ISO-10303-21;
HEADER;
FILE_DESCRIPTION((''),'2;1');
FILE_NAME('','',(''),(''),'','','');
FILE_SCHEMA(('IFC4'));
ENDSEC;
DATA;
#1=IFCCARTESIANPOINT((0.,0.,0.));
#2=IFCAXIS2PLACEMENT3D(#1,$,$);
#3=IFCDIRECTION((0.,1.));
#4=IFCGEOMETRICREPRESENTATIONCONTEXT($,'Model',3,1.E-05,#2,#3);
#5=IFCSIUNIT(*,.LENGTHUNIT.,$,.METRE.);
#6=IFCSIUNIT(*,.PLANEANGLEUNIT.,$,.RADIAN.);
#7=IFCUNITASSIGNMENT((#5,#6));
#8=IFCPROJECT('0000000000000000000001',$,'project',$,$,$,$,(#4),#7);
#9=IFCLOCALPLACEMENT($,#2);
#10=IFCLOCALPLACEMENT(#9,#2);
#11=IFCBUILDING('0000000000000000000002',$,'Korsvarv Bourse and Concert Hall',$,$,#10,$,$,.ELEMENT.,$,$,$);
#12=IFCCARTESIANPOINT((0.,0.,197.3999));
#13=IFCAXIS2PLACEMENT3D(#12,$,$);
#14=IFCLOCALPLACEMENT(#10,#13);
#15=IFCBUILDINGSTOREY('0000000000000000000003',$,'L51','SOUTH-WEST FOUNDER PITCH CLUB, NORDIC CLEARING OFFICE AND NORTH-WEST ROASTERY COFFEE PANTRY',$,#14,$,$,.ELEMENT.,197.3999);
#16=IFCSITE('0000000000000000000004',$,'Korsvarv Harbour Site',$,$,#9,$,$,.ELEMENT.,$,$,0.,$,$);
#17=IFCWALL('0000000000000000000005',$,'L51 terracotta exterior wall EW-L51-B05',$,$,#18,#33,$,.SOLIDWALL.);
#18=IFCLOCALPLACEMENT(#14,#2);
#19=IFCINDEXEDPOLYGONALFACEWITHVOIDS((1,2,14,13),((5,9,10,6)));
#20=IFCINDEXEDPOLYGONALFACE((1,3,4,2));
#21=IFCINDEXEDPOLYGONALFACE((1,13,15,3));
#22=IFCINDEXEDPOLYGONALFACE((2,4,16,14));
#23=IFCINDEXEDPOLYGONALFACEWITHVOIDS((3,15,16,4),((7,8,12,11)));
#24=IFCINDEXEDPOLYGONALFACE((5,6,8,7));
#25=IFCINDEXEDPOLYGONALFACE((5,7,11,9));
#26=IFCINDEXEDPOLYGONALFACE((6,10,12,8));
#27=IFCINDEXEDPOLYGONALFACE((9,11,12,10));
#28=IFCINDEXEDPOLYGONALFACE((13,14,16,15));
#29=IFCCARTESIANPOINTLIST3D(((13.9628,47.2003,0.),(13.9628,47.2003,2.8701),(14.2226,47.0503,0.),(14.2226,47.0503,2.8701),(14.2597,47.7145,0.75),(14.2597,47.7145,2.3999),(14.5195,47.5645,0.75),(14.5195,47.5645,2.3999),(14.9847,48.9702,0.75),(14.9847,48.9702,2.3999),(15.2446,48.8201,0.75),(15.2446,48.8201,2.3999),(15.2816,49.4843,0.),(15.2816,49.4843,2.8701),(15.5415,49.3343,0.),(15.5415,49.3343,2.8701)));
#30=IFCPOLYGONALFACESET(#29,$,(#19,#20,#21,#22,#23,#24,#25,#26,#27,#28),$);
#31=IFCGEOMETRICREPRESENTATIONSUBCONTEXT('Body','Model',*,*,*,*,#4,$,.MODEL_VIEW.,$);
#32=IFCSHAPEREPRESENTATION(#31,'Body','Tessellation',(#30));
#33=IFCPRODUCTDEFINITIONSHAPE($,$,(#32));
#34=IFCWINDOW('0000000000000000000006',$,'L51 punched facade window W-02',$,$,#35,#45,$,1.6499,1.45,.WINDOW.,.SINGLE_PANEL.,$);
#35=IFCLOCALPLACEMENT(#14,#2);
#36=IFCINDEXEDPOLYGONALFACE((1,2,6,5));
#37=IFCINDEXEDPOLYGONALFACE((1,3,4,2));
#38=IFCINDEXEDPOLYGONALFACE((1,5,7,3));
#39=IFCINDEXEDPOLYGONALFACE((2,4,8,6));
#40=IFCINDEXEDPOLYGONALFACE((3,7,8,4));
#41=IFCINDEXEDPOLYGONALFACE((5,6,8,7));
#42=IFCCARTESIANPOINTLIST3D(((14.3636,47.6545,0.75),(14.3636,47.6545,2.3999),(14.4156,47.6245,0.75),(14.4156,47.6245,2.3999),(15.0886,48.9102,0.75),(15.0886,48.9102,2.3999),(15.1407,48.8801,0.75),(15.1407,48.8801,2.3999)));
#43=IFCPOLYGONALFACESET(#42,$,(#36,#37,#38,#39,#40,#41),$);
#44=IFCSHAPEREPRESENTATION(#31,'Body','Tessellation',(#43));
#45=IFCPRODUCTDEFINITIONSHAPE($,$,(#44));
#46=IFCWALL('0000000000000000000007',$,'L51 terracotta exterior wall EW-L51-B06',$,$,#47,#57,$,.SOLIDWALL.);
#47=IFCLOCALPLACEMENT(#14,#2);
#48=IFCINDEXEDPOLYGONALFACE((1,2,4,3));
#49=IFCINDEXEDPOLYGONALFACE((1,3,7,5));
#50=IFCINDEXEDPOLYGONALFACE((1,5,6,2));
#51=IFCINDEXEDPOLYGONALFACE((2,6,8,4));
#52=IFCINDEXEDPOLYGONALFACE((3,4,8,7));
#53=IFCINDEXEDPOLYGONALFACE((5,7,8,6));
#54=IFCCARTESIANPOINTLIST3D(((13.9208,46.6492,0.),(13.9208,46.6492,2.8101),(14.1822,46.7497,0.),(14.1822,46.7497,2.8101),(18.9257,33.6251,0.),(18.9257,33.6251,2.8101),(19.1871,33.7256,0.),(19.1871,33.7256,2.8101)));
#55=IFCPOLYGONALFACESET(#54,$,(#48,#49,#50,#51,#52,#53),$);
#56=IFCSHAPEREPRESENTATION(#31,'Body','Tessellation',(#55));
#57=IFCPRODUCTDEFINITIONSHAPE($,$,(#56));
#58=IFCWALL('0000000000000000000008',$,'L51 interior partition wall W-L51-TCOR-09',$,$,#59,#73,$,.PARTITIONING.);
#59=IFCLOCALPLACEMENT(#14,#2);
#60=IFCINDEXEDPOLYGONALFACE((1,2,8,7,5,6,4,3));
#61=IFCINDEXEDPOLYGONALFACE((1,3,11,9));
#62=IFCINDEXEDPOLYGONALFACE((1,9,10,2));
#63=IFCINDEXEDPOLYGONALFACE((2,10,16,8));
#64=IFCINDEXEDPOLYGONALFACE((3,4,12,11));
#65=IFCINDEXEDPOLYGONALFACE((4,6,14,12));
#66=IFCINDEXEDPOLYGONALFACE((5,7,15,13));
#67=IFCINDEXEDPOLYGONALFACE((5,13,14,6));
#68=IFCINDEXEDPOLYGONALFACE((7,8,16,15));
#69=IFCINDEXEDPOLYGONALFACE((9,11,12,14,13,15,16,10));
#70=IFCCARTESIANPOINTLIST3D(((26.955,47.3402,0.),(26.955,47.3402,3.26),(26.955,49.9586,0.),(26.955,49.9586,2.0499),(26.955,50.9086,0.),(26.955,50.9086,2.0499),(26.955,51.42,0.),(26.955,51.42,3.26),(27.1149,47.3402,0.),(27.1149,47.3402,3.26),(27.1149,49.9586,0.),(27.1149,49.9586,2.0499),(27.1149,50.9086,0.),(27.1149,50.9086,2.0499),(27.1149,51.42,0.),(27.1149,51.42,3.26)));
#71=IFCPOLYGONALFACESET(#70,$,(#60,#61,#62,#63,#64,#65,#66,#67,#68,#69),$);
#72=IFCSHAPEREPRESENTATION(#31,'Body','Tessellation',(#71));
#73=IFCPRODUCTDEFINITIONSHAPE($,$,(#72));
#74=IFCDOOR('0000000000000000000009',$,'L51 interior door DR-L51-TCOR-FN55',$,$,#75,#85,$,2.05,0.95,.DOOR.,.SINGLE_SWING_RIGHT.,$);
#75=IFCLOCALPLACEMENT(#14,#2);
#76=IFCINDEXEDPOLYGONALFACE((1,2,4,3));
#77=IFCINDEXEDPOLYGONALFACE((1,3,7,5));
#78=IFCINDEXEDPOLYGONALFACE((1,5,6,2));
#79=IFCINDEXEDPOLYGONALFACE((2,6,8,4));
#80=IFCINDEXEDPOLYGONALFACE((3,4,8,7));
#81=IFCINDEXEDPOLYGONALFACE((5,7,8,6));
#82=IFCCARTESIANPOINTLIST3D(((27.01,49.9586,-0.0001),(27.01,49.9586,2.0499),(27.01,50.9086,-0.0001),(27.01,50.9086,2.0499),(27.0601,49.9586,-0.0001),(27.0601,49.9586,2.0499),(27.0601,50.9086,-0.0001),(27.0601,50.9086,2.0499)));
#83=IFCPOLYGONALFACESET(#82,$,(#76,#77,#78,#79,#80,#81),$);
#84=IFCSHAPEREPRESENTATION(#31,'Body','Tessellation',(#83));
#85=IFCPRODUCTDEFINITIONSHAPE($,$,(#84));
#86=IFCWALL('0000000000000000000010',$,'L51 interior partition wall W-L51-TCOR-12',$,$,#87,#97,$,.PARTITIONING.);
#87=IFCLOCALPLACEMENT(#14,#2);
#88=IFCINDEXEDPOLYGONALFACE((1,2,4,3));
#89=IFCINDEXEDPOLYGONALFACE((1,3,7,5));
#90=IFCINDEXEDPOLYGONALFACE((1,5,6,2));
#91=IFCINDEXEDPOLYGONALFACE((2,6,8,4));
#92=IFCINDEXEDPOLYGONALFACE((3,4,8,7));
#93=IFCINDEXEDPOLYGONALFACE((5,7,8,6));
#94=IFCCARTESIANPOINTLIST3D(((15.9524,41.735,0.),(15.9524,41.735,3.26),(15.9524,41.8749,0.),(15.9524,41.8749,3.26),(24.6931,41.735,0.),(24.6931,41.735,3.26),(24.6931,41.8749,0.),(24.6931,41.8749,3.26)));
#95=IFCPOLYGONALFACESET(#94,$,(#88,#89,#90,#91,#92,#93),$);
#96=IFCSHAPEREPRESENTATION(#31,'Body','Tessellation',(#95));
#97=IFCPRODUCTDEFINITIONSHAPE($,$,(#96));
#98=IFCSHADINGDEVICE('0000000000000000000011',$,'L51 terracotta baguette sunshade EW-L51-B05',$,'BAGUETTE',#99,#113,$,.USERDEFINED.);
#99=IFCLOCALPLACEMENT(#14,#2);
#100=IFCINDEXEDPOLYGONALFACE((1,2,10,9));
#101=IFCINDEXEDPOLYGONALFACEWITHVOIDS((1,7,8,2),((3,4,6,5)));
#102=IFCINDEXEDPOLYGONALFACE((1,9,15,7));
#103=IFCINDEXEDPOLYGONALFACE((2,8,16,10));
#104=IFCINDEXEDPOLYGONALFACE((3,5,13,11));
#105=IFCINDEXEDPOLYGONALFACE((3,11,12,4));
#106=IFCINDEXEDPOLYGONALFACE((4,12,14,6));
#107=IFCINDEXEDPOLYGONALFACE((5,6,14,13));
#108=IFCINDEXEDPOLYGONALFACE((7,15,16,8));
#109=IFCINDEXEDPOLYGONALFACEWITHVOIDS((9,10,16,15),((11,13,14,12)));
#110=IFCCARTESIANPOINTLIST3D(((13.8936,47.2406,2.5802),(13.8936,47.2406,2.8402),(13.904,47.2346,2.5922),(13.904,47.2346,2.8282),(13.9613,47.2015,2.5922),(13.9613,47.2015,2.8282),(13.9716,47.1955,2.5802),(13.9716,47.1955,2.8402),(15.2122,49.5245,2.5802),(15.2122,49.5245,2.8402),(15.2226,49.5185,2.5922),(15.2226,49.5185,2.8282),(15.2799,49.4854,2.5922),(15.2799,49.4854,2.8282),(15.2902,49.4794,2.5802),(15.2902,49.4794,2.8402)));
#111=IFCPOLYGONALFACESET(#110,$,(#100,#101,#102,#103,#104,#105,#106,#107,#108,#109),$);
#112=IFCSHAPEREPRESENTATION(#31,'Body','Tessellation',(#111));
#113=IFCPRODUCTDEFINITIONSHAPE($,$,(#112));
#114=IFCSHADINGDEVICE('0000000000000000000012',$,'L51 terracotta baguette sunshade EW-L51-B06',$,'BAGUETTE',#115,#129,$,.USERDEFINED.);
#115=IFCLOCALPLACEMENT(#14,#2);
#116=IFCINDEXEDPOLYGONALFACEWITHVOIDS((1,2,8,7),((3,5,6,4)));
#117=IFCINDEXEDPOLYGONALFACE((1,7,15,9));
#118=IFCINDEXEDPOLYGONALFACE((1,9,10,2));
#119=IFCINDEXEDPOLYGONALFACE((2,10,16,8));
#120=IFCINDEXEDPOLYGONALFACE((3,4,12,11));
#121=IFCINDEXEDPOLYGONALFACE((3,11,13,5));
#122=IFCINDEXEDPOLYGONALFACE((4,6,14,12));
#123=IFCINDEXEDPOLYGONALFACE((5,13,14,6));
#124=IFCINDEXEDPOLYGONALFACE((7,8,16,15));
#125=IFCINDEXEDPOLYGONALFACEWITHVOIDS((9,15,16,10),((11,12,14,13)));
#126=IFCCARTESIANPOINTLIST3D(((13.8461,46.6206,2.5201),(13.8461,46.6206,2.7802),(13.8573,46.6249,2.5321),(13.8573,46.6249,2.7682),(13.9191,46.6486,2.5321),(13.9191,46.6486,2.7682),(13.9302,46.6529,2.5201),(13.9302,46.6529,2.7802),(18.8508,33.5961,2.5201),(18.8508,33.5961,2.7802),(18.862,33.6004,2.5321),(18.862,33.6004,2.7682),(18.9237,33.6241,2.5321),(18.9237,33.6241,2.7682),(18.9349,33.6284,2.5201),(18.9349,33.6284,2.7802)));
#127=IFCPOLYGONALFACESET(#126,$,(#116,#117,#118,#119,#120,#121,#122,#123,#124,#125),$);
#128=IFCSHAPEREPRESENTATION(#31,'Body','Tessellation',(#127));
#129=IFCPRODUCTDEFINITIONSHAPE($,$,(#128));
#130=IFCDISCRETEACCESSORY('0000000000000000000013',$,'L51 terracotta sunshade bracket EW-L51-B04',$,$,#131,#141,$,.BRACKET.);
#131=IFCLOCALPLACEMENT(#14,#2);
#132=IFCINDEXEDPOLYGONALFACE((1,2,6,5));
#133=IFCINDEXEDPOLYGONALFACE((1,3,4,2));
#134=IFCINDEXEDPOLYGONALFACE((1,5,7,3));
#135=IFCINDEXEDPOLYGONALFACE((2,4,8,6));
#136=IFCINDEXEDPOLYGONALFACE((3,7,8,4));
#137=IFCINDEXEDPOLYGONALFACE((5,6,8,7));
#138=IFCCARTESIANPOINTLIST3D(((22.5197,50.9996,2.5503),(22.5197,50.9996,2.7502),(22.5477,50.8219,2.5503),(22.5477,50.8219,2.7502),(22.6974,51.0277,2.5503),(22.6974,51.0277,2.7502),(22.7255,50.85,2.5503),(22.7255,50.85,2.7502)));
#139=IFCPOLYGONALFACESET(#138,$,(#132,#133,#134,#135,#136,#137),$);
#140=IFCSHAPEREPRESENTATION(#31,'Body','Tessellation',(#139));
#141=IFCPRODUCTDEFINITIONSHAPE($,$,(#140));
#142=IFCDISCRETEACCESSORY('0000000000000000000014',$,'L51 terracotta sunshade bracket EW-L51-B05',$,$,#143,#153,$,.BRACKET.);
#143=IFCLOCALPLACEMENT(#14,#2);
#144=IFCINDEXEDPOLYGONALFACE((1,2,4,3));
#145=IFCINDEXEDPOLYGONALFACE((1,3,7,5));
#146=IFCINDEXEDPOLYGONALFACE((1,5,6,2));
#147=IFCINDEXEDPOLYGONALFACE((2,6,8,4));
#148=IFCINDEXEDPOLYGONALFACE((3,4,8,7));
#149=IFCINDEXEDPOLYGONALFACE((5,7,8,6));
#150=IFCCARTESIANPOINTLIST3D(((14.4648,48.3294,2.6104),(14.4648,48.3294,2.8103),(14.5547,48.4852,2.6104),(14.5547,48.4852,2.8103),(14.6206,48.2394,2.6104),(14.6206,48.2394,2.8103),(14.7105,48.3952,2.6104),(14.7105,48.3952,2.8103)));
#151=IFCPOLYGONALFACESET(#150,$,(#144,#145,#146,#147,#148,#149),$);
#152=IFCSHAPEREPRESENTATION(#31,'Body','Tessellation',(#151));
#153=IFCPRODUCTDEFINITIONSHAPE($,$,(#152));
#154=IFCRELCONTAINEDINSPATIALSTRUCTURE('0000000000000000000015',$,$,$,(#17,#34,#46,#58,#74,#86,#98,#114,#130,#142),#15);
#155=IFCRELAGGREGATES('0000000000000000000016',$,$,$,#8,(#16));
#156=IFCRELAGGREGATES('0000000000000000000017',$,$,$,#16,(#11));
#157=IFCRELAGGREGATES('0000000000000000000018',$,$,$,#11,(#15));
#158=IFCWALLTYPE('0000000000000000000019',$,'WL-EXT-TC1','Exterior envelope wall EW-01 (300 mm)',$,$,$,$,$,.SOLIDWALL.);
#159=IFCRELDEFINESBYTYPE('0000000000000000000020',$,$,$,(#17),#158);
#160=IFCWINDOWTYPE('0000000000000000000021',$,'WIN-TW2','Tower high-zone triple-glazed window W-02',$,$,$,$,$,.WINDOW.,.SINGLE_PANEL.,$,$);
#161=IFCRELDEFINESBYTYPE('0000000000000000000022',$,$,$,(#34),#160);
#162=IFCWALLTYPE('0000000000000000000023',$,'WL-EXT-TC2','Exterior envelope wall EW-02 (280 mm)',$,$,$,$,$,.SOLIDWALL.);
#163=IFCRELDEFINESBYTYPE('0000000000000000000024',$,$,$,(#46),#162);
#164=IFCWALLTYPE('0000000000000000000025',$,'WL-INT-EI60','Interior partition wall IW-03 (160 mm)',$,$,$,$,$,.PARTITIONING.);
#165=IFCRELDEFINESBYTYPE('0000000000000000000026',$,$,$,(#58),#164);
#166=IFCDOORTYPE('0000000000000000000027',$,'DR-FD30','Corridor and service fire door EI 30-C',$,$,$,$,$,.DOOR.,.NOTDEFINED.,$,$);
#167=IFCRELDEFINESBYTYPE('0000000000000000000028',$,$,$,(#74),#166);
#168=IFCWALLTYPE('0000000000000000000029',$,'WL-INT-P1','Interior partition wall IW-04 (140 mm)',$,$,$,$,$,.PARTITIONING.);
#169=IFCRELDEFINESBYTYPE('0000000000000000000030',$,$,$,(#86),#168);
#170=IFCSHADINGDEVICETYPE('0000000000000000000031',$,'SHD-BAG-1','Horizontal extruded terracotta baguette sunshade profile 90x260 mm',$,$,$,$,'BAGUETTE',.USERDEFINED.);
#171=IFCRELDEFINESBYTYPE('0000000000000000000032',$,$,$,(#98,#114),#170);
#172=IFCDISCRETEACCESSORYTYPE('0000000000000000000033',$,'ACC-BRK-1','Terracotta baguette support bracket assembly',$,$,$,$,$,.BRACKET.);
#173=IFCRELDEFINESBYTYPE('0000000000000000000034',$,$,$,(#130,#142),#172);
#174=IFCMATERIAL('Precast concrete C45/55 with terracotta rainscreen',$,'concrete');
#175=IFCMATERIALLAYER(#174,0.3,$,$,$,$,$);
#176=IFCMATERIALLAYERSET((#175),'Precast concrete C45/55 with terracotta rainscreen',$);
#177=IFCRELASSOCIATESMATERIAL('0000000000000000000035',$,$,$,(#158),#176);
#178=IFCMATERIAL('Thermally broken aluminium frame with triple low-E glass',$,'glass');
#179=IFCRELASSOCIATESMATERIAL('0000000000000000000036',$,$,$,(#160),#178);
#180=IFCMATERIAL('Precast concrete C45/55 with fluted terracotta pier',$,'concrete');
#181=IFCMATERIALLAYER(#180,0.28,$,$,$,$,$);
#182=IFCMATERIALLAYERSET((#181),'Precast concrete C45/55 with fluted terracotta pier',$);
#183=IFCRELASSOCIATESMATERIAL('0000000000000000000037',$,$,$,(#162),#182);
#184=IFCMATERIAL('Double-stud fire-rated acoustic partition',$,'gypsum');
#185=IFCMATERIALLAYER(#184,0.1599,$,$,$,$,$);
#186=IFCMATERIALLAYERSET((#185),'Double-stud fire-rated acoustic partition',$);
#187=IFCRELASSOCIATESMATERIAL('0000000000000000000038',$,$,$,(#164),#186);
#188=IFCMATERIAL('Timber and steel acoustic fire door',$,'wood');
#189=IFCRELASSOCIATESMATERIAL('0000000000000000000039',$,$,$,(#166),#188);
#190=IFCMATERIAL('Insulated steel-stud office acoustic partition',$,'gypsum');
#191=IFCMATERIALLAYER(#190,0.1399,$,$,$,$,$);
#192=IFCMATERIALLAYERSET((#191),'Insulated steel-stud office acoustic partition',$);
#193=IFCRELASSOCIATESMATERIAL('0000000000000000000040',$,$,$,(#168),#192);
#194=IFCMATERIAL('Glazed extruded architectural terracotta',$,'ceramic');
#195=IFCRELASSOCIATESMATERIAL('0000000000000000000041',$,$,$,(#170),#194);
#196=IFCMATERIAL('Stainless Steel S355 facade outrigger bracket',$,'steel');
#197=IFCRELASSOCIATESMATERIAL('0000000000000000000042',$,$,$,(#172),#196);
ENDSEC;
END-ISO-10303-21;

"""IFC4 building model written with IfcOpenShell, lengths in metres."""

from ifc_helpers import new_model, si_unit, direction, frame, frame_2d, origin, origin_2d, place, context, subcontext, project, spatial, rectangle, hollow_rectangle, extrude, source, transform, mapped, material, layer, layer_set, material_profile, profile_set, type_object, element, fill, save


model = new_model("IFC4")

# Units and contexts
model_context = context("Model", 3, precision=1e-05, world=origin(), true_north=direction((0.0, 1.0)))
body_context = subcontext(model_context, "Body", "Model", "MODEL_VIEW")
ifc_project = project(units=[si_unit("LENGTHUNIT", "METRE"), si_unit("PLANEANGLEUNIT", "RADIAN")], contexts=[model_context])

# Site, building, storey
site_placement = place(None, origin())
site = spatial("IfcSite", under=ifc_project, at=site_placement, Name="Korsvarv Harbour Site", CompositionType="ELEMENT", RefElevation=0.0)
building_placement = place(site_placement, origin())
building = spatial("IfcBuilding", under=site, at=building_placement, Name="Korsvarv Bourse and Concert Hall", CompositionType="ELEMENT")
storey_placement = place(building_placement, frame((0.0, 0.0, 197.3999)))
storey = spatial("IfcBuildingStorey", under=building, at=storey_placement, Name="L51", Description="SOUTH-WEST FOUNDER PITCH CLUB, NORDIC CLEARING OFFICE AND NORTH-WEST ROASTERY COFFEE PANTRY", CompositionType="ELEMENT", Elevation=197.3999)

# Wall, opening, window
ifc_material_1 = material(Name="Precast concrete C45/55 with terracotta rainscreen", Category="concrete")
ifc_layer_1 = layer(ifc_material_1, 0.3)
ifc_layer_set_1 = layer_set([ifc_layer_1], Name="Precast concrete C45/55 with terracotta rainscreen")
wall_type_1 = type_object("IfcWallType", Name="WL-EXT-TC1", Description="Exterior envelope wall EW-01 (300 mm)", PredefinedType="SOLIDWALL", material=ifc_layer_set_1)
wall_1_placement = place(storey_placement, frame((15.4116, 49.4094, 0.0), z_axis=(0.0, 0.0, 1.0), x_axis=(-0.500062, -0.86599, 0.0)))
wall_1 = element("IfcWall", 1, at=wall_1_placement, inside=storey, type_object=wall_type_1, Name="L51 terracotta exterior wall EW-L51-B05", PredefinedType="SOLIDWALL", context=body_context, shape_type="SweptSolid", body=[
    extrude(rectangle(XDim=2.6375, YDim=0.3, at=frame_2d((1.3188, 0.0))), origin(), (0.0, 0.0, 1.0), 2.8701),
])
opening_1_placement = place(wall_1_placement, frame((0.5938, 0.0, 0.75)))
opening_1 = element("IfcOpeningElement", 2, at=opening_1_placement, cuts=wall_1, PredefinedType="OPENING", context=body_context, shape_type="SweptSolid", body=[
    extrude(rectangle(XDim=1.45, YDim=1.6499, at=frame_2d((0.7251, 0.825))), frame((0.0, 0.1602, 0.0), z_axis=(0.0, -1.0, 0.0), x_axis=(1.0, 0.0, 0.0)), (0.0, 0.0, 1.0), 0.3201),
])
ifc_material_2 = material(Name="Thermally broken aluminium frame with triple low-E glass", Category="glass")
window_type = type_object("IfcWindowType", Name="WIN-TW2", Description="Tower high-zone triple-glazed window W-02", PartitioningType="SINGLE_PANEL", PredefinedType="WINDOW", material=ifc_material_2)
window_placement = place(opening_1_placement, origin())
window = element("IfcWindow", 3, at=window_placement, inside=storey, type_object=window_type, Name="L51 punched facade window W-02", OverallHeight=1.6499, OverallWidth=1.45, PartitioningType="SINGLE_PANEL", PredefinedType="WINDOW", context=body_context, shape_type="SweptSolid", body=[
    extrude(rectangle(XDim=1.45, YDim=1.6499, at=frame_2d((0.7251, 0.825))), frame((0.0, 0.03, 0.0), z_axis=(0.0, -1.0, 0.0), x_axis=(1.0, 0.0, 0.0)), (0.0, 0.0, 1.0), 0.0601),
])
fill(opening_1, window)

# Wall
ifc_material_3 = material(Name="Precast concrete C45/55 with fluted terracotta pier", Category="concrete")
ifc_layer_2 = layer(ifc_material_3, 0.28)
ifc_layer_set_2 = layer_set([ifc_layer_2], Name="Precast concrete C45/55 with fluted terracotta pier")
wall_type_2 = type_object("IfcWallType", Name="WL-EXT-TC2", Description="Exterior envelope wall EW-02 (280 mm)", PredefinedType="SOLIDWALL", material=ifc_layer_set_2)
wall_2_placement = place(storey_placement, frame((14.0515, 46.6995, 0.0), z_axis=(0.0, 0.0, 1.0), x_axis=(0.358704, -0.933452, 0.0)))
element("IfcWall", 4, at=wall_2_placement, inside=storey, type_object=wall_type_2, Name="L51 terracotta exterior wall EW-L51-B06", PredefinedType="SOLIDWALL", context=body_context, shape_type="SweptSolid", body=[
    extrude(rectangle(XDim=13.9526, YDim=0.28, at=frame_2d((6.9763, 0.0))), origin(), (0.0, 0.0, 1.0), 2.8101),
])

# Wall, opening, door
ifc_material_4 = material(Name="Double-stud fire-rated acoustic partition", Category="gypsum")
ifc_layer_3 = layer(ifc_material_4, 0.1599)
ifc_layer_set_3 = layer_set([ifc_layer_3], Name="Double-stud fire-rated acoustic partition")
wall_type_3 = type_object("IfcWallType", Name="WL-INT-EI60", Description="Interior partition wall IW-03 (160 mm)", PredefinedType="PARTITIONING", material=ifc_layer_set_3)
wall_3_placement = place(storey_placement, frame((27.0349, 47.3401, 0.0), z_axis=(0.0, 0.0, 1.0), x_axis=(0.0, 1.0, 0.0)))
wall_3 = element("IfcWall", 5, at=wall_3_placement, inside=storey, type_object=wall_type_3, Name="L51 interior partition wall W-L51-TCOR-09", PredefinedType="PARTITIONING", context=body_context, shape_type="SweptSolid", body=[
    extrude(rectangle(XDim=4.0798, YDim=0.1599, at=frame_2d((2.04, 0.0))), origin(), (0.0, 0.0, 1.0), 3.26),
])
opening_2_placement = place(wall_3_placement, frame((2.6184, 0.0, 0.0)))
opening_2 = element("IfcOpeningElement", 6, at=opening_2_placement, cuts=wall_3, PredefinedType="OPENING", context=body_context, shape_type="SweptSolid", body=[
    extrude(rectangle(XDim=0.95, YDim=2.05, at=frame_2d((0.4751, 1.0249))), frame((0.0, 0.0898, 0.0), z_axis=(0.0, -1.0, 0.0), x_axis=(1.0, 0.0, 0.0)), (0.0, 0.0, 1.0), 0.1799),
])
ifc_material_5 = material(Name="Timber and steel acoustic fire door", Category="wood")
door_type = type_object("IfcDoorType", Name="DR-FD30", Description="Corridor and service fire door EI 30-C", OperationType="NOTDEFINED", PredefinedType="DOOR", material=ifc_material_5)
door_placement = place(opening_2_placement, origin())
door = element("IfcDoor", 7, at=door_placement, inside=storey, type_object=door_type, Name="L51 interior door DR-L51-TCOR-FN55", OperationType="SINGLE_SWING_RIGHT", OverallHeight=2.05, OverallWidth=0.95, PredefinedType="DOOR", context=body_context, shape_type="SweptSolid", body=[
    extrude(rectangle(XDim=0.95, YDim=2.05, at=frame_2d((0.4751, 1.0249))), frame((0.0, 0.0249, 0.0), z_axis=(0.0, -1.0, 0.0), x_axis=(1.0, 0.0, 0.0)), (0.0, 0.0, 1.0), 0.05),
])
fill(opening_2, door)

# Wall
ifc_material_6 = material(Name="Insulated steel-stud office acoustic partition", Category="gypsum")
ifc_layer_4 = layer(ifc_material_6, 0.1399)
ifc_layer_set_4 = layer_set([ifc_layer_4], Name="Insulated steel-stud office acoustic partition")
wall_type_4 = type_object("IfcWallType", Name="WL-INT-P1", Description="Interior partition wall IW-04 (140 mm)", PredefinedType="PARTITIONING", material=ifc_layer_set_4)
wall_4_placement = place(storey_placement, frame((15.9524, 41.8049, 0.0), z_axis=(0.0, 0.0, 1.0), x_axis=(1.0, 0.0, 0.0)))
element("IfcWall", 8, at=wall_4_placement, inside=storey, type_object=wall_type_4, Name="L51 interior partition wall W-L51-TCOR-12", PredefinedType="PARTITIONING", context=body_context, shape_type="SweptSolid", body=[
    extrude(rectangle(XDim=8.7407, YDim=0.1399, at=frame_2d((4.3704, 0.0))), origin(), (0.0, 0.0, 1.0), 3.26),
])

# Shading devices
ifc_material_7 = material(Name="Glazed extruded architectural terracotta", Category="ceramic")
ifc_material_profile_1 = material_profile(ifc_material_7, hollow_rectangle(XDim=0.0901, YDim=0.26, WallThickness=0.012, at=origin_2d()), Name="TC-BAG 90x260")
ifc_profile_set_1 = profile_set([ifc_material_profile_1], Name="Glazed extruded architectural terracotta")
shading_device_type = type_object("IfcShadingDeviceType", Name="SHD-BAG-1", Description="Horizontal extruded terracotta baguette sunshade profile 90x260 mm", ElementType="BAGUETTE", PredefinedType="USERDEFINED", material=ifc_profile_set_1)
shared_shape_1 = source(origin(), body_context, "Body", "SweptSolid", [
    extrude(hollow_rectangle(XDim=0.0901, YDim=0.26, WallThickness=0.012, at=origin_2d()), origin(), (0.0, 0.0, 1.0), 2.6372),
])
shading_device_1_placement = place(storey_placement, frame((15.2512, 49.502, 2.7102), z_axis=(-0.499992, -0.86603, 0.0), x_axis=(0.86603, -0.499992, 0.0)))
element("IfcShadingDevice", 9, at=shading_device_1_placement, inside=storey, type_object=shading_device_type, Name="L51 terracotta baguette sunshade EW-L51-B05", ObjectType="BAGUETTE", PredefinedType="USERDEFINED", context=body_context, shape_type="MappedRepresentation", body=[
    mapped(shared_shape_1, transform((0.0, 0.0, 0.0), scale=1.0)),
])
shared_shape_2 = source(origin(), body_context, "Body", "SweptSolid", [
    extrude(hollow_rectangle(XDim=0.0901, YDim=0.26, WallThickness=0.012, at=origin_2d()), origin(), (0.0, 0.0, 1.0), 13.9529),
])
shading_device_2_placement = place(storey_placement, frame((13.8882, 46.6367, 2.6501), z_axis=(0.358682, -0.93346, 0.0), x_axis=(0.93346, 0.358682, 0.0)))
element("IfcShadingDevice", 10, at=shading_device_2_placement, inside=storey, type_object=shading_device_type, Name="L51 terracotta baguette sunshade EW-L51-B06", ObjectType="BAGUETTE", PredefinedType="USERDEFINED", context=body_context, shape_type="MappedRepresentation", body=[
    mapped(shared_shape_2, transform((0.0, 0.0, 0.0), scale=1.0)),
])

# Discrete accessories
ifc_material_8 = material(Name="Stainless Steel S355 facade outrigger bracket", Category="steel")
discrete_accessory_type = type_object("IfcDiscreteAccessoryType", Name="ACC-BRK-1", Description="Terracotta baguette support bracket assembly", PredefinedType="BRACKET", material=ifc_material_8)
shared_shape_3 = source(origin(), body_context, "Body", "SweptSolid", [
    extrude(rectangle(XDim=0.1799, YDim=0.1799, at=origin_2d()), origin(), (0.0, 0.0, 1.0), 0.2),
])
for number, where, z_axis, x_axis, name in (
    (11, (22.6226, 50.9248, 2.5503), (0.0, 0.0, 1.0), (-0.987743, -0.15609, 0.0), "L51 terracotta sunshade bracket EW-L51-B04"),
    (12, (14.5876, 48.3623, 2.6104), (0.0, 0.0, 1.0), (-0.5, -0.866025, 0.0), "L51 terracotta sunshade bracket EW-L51-B05"),
):
    element("IfcDiscreteAccessory", number, at=place(storey_placement, frame(where, z_axis=z_axis, x_axis=x_axis)), inside=storey, type_object=discrete_accessory_type, Name=name, PredefinedType="BRACKET", context=body_context, shape_type="MappedRepresentation", body=[
        mapped(shared_shape_3, transform((0.0, 0.0, 0.0), scale=1.0)),
    ])

save(model, "model.ifc")
